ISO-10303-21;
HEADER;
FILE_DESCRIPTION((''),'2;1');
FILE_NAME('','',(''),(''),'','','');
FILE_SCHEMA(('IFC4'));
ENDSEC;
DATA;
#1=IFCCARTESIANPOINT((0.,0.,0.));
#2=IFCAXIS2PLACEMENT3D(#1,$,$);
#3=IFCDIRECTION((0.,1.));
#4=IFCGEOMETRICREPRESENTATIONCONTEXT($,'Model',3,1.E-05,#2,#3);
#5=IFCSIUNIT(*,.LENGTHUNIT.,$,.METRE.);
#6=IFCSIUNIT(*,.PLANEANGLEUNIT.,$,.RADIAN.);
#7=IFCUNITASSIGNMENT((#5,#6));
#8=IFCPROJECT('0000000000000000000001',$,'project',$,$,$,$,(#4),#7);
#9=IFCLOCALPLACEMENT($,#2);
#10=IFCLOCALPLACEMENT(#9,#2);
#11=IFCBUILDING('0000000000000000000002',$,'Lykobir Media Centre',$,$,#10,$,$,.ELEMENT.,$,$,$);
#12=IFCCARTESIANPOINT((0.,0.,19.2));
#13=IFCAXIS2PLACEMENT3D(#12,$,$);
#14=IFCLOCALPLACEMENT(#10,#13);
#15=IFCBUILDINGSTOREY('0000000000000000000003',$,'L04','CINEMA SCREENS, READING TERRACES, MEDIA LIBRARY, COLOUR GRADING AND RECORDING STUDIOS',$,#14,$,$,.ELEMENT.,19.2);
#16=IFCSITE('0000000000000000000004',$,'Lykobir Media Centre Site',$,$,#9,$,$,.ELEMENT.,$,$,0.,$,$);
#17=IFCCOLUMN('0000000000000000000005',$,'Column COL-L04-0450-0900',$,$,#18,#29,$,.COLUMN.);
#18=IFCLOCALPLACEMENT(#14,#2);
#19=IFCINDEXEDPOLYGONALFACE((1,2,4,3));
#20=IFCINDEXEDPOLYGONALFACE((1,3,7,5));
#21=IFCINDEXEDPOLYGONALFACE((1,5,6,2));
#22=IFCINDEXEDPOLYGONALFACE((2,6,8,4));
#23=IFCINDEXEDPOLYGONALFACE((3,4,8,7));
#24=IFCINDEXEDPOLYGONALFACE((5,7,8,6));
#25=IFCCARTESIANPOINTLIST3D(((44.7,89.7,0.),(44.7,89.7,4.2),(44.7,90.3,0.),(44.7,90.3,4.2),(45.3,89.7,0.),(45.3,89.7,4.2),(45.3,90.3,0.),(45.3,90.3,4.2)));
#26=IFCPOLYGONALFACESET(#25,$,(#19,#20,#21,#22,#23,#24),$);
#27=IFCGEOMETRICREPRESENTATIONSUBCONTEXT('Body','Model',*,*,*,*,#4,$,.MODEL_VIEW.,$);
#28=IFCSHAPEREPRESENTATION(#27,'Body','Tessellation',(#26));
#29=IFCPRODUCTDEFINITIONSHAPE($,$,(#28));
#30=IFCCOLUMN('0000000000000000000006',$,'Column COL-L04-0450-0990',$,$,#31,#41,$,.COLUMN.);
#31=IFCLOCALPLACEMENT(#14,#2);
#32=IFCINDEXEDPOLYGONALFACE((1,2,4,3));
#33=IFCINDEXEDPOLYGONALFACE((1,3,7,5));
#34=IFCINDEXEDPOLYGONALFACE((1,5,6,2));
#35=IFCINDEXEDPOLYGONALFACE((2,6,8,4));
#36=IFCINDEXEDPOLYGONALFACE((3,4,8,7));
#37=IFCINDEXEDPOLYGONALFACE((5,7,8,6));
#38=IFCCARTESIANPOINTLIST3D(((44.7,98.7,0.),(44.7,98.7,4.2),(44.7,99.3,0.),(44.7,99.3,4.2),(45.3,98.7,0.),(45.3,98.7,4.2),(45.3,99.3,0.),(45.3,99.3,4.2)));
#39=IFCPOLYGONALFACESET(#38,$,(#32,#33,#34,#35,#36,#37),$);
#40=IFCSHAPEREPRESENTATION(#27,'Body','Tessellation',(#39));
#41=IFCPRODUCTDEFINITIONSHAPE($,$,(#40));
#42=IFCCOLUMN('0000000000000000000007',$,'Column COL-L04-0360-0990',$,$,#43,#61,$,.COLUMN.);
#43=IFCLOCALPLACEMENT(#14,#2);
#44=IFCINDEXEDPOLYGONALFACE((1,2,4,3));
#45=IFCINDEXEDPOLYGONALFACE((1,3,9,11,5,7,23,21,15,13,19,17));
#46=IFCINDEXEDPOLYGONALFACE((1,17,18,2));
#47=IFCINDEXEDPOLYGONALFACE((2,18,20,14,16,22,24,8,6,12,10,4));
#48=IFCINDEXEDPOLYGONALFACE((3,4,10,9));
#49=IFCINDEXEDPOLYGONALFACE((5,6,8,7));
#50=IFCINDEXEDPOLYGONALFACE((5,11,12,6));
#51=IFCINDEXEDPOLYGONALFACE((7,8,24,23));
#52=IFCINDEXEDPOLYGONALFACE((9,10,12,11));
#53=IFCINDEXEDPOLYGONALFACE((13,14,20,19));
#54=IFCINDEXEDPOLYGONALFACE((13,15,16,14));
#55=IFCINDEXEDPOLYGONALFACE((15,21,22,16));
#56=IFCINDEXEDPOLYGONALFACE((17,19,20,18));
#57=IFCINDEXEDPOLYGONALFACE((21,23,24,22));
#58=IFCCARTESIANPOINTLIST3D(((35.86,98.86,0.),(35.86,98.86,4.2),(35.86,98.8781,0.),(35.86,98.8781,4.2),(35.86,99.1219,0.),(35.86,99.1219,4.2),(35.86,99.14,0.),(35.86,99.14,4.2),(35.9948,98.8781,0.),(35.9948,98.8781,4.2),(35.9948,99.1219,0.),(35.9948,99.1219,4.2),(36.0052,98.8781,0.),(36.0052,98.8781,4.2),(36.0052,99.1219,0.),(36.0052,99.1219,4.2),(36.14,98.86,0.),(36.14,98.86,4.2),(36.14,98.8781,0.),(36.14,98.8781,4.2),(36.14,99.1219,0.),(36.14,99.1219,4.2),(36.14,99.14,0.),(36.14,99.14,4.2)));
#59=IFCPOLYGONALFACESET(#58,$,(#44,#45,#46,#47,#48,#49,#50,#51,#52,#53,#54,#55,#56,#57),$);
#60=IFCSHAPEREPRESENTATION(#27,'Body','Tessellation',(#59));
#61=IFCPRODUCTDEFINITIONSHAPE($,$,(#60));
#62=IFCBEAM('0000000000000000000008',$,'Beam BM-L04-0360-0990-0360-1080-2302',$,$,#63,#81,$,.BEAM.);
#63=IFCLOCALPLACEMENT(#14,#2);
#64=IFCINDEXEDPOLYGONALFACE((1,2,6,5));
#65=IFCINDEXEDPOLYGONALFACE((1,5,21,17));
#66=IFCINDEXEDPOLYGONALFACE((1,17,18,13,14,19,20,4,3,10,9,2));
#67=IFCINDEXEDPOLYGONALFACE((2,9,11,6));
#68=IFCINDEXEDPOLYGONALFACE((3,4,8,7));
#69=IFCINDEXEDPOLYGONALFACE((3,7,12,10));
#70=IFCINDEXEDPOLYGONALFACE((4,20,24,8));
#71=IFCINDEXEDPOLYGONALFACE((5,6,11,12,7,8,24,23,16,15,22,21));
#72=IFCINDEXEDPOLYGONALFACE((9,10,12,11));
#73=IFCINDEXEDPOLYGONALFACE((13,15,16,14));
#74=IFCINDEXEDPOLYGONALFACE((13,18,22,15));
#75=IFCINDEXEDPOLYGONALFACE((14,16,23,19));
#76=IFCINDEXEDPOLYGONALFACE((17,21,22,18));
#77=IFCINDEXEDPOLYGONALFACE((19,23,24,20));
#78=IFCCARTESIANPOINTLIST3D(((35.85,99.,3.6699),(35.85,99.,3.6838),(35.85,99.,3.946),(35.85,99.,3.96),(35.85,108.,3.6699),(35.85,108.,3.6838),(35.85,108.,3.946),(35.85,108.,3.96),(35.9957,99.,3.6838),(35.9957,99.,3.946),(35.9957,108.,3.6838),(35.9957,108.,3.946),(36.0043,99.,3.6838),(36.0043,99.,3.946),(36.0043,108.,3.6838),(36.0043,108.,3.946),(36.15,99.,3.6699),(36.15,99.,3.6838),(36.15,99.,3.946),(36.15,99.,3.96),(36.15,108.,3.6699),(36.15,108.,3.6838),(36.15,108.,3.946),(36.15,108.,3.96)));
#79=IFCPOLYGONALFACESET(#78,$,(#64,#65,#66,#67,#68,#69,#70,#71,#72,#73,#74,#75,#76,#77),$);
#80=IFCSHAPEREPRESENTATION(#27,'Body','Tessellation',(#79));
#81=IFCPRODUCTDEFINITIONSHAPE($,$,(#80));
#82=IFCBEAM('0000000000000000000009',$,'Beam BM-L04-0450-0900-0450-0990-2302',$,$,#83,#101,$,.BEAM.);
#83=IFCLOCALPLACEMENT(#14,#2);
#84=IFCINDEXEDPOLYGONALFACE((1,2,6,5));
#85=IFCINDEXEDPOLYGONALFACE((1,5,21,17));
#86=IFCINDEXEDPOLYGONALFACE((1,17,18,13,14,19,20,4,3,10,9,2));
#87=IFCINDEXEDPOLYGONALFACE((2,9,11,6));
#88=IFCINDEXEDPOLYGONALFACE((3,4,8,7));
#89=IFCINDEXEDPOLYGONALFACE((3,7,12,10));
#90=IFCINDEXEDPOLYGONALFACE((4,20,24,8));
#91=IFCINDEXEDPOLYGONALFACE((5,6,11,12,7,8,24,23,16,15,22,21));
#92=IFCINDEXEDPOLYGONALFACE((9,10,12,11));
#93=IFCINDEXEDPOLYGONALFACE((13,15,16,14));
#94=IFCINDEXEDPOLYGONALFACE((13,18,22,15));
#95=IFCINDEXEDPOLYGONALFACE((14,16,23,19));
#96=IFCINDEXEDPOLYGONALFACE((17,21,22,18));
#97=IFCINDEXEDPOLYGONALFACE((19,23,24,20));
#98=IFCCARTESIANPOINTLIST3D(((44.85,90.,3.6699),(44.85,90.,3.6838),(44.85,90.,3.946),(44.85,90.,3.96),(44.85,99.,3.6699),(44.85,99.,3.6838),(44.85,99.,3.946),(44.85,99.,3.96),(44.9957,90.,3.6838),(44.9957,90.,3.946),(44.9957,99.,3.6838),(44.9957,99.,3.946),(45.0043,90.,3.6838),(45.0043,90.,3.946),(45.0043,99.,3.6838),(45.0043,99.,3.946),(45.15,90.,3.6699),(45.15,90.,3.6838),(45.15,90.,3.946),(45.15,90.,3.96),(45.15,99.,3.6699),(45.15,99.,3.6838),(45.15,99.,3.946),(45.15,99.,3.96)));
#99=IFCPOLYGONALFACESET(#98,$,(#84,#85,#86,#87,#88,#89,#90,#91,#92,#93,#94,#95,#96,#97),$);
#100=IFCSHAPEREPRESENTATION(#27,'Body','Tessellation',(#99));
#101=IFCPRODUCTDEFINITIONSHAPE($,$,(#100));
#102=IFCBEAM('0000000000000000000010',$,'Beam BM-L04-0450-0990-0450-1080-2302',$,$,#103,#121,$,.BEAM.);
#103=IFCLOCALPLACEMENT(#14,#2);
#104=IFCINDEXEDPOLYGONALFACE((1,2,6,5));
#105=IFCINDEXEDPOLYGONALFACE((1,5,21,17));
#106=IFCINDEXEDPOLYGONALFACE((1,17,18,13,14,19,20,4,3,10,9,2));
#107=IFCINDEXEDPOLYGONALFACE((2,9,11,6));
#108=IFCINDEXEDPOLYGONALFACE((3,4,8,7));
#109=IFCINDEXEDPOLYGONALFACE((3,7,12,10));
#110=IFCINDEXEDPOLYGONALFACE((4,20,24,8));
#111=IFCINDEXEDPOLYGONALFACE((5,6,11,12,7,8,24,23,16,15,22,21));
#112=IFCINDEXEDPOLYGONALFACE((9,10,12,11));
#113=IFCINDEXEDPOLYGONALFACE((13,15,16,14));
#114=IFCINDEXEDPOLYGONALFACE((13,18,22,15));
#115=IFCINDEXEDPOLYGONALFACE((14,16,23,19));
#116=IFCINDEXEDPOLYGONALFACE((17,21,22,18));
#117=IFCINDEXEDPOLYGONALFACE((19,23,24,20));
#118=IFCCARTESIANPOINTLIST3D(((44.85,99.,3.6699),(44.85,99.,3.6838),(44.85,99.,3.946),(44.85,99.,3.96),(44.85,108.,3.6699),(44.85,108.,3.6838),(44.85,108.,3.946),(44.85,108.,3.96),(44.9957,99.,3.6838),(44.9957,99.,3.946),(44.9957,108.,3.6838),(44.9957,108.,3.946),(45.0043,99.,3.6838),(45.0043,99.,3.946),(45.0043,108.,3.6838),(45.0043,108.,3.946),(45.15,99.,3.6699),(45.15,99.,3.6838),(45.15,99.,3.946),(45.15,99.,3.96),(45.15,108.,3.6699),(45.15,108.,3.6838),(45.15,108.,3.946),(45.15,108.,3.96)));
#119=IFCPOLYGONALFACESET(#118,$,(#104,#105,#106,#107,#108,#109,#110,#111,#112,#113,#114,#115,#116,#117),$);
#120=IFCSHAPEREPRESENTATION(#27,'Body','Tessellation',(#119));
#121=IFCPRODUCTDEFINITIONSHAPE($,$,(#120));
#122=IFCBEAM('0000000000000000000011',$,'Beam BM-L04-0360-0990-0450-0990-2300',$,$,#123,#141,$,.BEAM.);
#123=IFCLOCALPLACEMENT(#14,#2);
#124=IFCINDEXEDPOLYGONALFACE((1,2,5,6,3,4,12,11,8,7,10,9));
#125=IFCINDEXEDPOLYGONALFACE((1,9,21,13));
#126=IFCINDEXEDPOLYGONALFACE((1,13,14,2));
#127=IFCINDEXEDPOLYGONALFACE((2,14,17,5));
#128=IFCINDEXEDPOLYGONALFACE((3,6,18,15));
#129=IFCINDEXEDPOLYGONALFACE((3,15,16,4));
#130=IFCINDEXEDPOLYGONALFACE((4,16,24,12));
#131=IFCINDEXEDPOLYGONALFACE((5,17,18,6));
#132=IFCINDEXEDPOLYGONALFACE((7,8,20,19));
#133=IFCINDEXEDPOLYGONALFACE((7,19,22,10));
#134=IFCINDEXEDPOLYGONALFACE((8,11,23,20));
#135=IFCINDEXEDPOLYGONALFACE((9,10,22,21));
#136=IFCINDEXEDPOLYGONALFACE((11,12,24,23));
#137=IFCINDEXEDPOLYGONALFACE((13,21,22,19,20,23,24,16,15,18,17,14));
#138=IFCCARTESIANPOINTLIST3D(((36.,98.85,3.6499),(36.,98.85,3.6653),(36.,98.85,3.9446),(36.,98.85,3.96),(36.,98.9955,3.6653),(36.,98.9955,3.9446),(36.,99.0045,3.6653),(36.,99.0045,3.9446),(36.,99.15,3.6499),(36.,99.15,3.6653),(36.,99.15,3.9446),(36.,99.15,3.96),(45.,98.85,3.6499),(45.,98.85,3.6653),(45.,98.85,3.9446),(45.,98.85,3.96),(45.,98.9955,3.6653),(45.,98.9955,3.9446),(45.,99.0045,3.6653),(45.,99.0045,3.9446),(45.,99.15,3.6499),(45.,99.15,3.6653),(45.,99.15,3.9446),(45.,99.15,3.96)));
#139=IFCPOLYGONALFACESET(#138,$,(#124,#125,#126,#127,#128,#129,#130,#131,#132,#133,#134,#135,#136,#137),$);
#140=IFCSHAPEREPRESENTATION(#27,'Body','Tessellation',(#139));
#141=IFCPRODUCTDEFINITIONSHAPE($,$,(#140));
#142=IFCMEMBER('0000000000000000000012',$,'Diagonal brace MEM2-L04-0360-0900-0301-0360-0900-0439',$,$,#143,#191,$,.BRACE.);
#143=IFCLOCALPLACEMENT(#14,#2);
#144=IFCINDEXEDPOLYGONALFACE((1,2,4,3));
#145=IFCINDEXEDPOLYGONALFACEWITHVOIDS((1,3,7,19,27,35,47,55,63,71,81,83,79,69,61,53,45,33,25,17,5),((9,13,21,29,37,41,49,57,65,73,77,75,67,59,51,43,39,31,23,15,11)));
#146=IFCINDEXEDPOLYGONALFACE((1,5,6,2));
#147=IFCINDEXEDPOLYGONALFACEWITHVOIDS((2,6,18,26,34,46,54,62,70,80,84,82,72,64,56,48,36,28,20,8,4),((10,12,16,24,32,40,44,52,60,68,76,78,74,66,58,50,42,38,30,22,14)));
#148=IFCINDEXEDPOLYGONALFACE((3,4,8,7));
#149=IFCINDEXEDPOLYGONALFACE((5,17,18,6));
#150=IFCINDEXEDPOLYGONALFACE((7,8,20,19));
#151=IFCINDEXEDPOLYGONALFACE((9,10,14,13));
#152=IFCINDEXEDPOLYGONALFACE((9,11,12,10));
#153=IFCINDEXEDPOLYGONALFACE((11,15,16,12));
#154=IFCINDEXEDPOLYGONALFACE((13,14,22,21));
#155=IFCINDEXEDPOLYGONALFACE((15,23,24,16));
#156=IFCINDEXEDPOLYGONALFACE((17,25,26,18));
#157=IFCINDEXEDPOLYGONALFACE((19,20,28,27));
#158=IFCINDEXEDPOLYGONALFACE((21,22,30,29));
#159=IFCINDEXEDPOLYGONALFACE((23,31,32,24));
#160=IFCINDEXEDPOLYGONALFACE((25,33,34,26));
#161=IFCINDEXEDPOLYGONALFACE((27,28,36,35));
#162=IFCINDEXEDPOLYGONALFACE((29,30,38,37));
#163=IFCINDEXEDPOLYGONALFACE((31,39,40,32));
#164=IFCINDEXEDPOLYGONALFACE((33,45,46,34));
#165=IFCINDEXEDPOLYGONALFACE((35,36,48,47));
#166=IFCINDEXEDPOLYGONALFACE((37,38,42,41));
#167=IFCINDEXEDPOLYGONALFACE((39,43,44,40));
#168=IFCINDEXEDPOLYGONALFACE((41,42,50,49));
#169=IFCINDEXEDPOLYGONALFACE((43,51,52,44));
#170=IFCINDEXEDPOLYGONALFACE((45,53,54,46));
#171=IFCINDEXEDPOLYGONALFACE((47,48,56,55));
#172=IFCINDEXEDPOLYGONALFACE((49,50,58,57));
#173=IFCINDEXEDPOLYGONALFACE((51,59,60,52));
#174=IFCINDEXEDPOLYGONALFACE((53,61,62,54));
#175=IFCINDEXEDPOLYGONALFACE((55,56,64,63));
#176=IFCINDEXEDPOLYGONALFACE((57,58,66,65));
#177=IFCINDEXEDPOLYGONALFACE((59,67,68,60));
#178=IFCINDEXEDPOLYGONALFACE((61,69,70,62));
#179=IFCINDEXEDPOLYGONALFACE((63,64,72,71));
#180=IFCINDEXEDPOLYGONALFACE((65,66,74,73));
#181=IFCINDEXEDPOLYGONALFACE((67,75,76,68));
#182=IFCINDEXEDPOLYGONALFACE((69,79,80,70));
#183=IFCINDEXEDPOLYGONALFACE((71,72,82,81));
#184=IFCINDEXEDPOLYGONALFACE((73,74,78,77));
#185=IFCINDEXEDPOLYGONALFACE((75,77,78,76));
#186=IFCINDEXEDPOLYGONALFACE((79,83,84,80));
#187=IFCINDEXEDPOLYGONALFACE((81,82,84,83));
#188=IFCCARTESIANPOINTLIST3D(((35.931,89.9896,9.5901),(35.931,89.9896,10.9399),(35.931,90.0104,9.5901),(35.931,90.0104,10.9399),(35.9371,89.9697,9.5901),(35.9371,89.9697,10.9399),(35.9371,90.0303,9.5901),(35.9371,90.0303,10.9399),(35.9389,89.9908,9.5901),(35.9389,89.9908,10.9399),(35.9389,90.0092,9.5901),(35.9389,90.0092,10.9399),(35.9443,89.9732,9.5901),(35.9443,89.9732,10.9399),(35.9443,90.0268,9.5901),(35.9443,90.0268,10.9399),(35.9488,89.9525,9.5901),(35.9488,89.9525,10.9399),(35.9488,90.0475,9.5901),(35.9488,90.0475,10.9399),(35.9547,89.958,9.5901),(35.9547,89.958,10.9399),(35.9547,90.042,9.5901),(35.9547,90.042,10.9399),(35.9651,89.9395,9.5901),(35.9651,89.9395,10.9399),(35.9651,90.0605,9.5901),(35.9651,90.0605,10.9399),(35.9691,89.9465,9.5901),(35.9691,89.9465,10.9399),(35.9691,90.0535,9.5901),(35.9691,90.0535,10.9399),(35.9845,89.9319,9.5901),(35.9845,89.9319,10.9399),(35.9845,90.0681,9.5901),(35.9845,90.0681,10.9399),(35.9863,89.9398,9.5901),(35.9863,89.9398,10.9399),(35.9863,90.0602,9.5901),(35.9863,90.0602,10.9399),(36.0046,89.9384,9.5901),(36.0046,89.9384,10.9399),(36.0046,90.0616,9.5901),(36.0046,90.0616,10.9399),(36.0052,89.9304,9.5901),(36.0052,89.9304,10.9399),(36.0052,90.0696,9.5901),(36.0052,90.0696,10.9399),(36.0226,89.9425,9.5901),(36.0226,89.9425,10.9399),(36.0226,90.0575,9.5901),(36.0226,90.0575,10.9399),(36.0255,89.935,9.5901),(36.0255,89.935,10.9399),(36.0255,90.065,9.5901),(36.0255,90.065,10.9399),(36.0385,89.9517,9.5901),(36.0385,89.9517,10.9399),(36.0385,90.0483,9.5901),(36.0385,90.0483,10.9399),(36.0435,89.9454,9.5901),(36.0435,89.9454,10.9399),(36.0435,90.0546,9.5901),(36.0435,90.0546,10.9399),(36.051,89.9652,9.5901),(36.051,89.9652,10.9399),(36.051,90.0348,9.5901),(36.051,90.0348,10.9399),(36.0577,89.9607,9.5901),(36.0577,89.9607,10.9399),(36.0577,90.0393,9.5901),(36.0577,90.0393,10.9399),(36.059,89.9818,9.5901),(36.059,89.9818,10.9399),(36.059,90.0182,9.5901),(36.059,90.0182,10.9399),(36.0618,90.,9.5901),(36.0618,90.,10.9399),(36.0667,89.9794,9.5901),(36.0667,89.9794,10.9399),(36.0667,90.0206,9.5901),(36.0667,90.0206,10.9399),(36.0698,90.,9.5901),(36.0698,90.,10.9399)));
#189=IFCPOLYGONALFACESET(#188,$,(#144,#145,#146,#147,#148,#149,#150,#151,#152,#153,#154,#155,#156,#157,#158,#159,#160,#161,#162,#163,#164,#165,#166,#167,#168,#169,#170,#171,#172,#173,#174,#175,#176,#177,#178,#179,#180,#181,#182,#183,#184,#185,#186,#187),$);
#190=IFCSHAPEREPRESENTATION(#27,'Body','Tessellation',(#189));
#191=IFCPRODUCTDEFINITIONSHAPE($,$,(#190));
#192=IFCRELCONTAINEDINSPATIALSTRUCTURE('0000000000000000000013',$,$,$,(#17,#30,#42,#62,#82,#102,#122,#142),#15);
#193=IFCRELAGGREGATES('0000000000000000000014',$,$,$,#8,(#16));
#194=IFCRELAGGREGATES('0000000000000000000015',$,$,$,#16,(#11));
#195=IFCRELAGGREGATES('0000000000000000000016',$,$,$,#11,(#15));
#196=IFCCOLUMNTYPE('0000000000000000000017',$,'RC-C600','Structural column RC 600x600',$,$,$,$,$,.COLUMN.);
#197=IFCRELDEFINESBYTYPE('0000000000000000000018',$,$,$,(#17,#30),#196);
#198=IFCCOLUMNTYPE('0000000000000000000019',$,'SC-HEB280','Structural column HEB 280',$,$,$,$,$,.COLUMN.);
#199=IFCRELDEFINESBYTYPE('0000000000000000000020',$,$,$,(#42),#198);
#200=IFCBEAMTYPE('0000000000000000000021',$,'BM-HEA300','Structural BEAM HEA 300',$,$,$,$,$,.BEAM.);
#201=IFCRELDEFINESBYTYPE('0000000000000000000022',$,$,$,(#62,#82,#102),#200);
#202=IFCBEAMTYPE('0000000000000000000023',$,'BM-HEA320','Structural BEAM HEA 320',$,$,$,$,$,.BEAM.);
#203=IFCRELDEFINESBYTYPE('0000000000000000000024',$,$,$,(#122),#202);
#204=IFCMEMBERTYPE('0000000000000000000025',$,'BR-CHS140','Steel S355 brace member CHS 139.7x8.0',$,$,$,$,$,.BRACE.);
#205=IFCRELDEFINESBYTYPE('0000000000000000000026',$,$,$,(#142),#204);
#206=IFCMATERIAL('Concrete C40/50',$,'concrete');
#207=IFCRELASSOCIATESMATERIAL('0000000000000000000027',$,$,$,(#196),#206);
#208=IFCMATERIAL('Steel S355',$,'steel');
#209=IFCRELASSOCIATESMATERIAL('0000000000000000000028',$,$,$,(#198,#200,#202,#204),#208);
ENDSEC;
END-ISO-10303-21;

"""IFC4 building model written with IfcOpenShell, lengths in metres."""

from ifc_helpers import new_model, si_unit, direction, frame, origin, origin_2d, place, context, subcontext, project, spatial, rectangle, hollow_circle, i_section, extrude, material, material_profile, profile_set, type_object, element, save


model = new_model("IFC4")

# Units and contexts
model_context = context("Model", 3, precision=1e-05, world=origin(), true_north=direction((0.0, 1.0)))
body_context = subcontext(model_context, "Body", "Model", "MODEL_VIEW")
ifc_project = project(units=[si_unit("LENGTHUNIT", "METRE"), si_unit("PLANEANGLEUNIT", "RADIAN")], contexts=[model_context])

# Site, building, storey
site_placement = place(None, origin())
site = spatial("IfcSite", under=ifc_project, at=site_placement, Name="Lykobir Media Centre Site", CompositionType="ELEMENT", RefElevation=0.0)
building_placement = place(site_placement, origin())
building = spatial("IfcBuilding", under=site, at=building_placement, Name="Lykobir Media Centre", CompositionType="ELEMENT")
storey_placement = place(building_placement, frame((0.0, 0.0, 19.2)))
storey = spatial("IfcBuildingStorey", under=building, at=storey_placement, Name="L04", Description="CINEMA SCREENS, READING TERRACES, MEDIA LIBRARY, COLOUR GRADING AND RECORDING STUDIOS", CompositionType="ELEMENT", Elevation=19.2)

# Columns
ifc_material_1 = material(Name="Concrete C40/50", Category="concrete")
ifc_material_profile_1 = material_profile(ifc_material_1, rectangle(XDim=0.6001, YDim=0.6001, at=origin_2d()), Name="RC 600x600")
ifc_profile_set_1 = profile_set([ifc_material_profile_1], Name="Concrete C40/50")
column_type_1 = type_object("IfcColumnType", Name="RC-C600", Description="Structural column RC 600x600", PredefinedType="COLUMN", material=ifc_profile_set_1)
for number, where, z_axis, x_axis, name in (
    (1, (45.0, 90.0, 0.0), (0.0, 0.0, 1.0), (1.0, 0.0, 0.0), "Column COL-L04-0450-0900"),
    (2, (45.0, 99.0, 0.0), (0.0, 0.0, 1.0), (1.0, 0.0, 0.0), "Column COL-L04-0450-0990"),
):
    element("IfcColumn", number, at=place(storey_placement, frame(where, z_axis=z_axis, x_axis=x_axis)), inside=storey, type_object=column_type_1, Name=name, PredefinedType="COLUMN", context=body_context, shape_type="SweptSolid", body=[
        extrude(rectangle(XDim=0.6001, YDim=0.6001, at=origin_2d()), origin(), (0.0, 0.0, 1.0), 4.2),
    ])
ifc_material_2 = material(Name="Steel S355", Category="steel")
ifc_material_profile_2 = material_profile(ifc_material_2, i_section(OverallWidth=0.28, OverallDepth=0.28, WebThickness=0.0105, FlangeThickness=0.0181, at=origin_2d()), Name="HEB 280")
ifc_profile_set_2 = profile_set([ifc_material_profile_2], Name="Steel S355")
column_type_2 = type_object("IfcColumnType", Name="SC-HEB280", Description="Structural column HEB 280", PredefinedType="COLUMN", material=ifc_profile_set_2)
column_placement = place(storey_placement, frame((36.0, 99.0, 0.0), z_axis=(0.0, 0.0, 1.0), x_axis=(1.0, 0.0, 0.0)))
element("IfcColumn", 3, at=column_placement, inside=storey, type_object=column_type_2, Name="Column COL-L04-0360-0990", PredefinedType="COLUMN", context=body_context, shape_type="SweptSolid", body=[
    extrude(i_section(OverallWidth=0.28, OverallDepth=0.28, WebThickness=0.0105, FlangeThickness=0.0181, at=origin_2d()), origin(), (0.0, 0.0, 1.0), 4.2),
])

# Beams
ifc_material_profile_3 = material_profile(ifc_material_2, i_section(OverallWidth=0.3, OverallDepth=0.29, WebThickness=0.0085, FlangeThickness=0.0139, at=origin_2d()), Name="HEA 300")
ifc_profile_set_3 = profile_set([ifc_material_profile_3], Name="Steel S355")
beam_type_1 = type_object("IfcBeamType", Name="BM-HEA300", Description="Structural BEAM HEA 300", PredefinedType="BEAM", material=ifc_profile_set_3)
for number, where, z_axis, x_axis, name in (
    (4, (36.0, 99.0, 3.8149), (0.0, 1.0, 0.0), (-1.0, 0.0, 0.0), "Beam BM-L04-0360-0990-0360-1080-2302"),
    (5, (45.0, 90.0, 3.8149), (0.0, 1.0, 0.0), (-1.0, 0.0, 0.0), "Beam BM-L04-0450-0900-0450-0990-2302"),
    (6, (45.0, 99.0, 3.8149), (0.0, 1.0, 0.0), (-1.0, 0.0, 0.0), "Beam BM-L04-0450-0990-0450-1080-2302"),
):
    element("IfcBeam", number, at=place(storey_placement, frame(where, z_axis=z_axis, x_axis=x_axis)), inside=storey, type_object=beam_type_1, Name=name, PredefinedType="BEAM", context=body_context, shape_type="SweptSolid", body=[
        extrude(i_section(OverallWidth=0.3, OverallDepth=0.29, WebThickness=0.0085, FlangeThickness=0.0139, at=origin_2d()), origin(), (0.0, 0.0, 1.0), 9.0),
    ])
ifc_material_profile_4 = material_profile(ifc_material_2, i_section(OverallWidth=0.3, OverallDepth=0.3101, WebThickness=0.009, FlangeThickness=0.0154, at=origin_2d()), Name="HEA 320")
ifc_profile_set_4 = profile_set([ifc_material_profile_4], Name="Steel S355")
beam_type_2 = type_object("IfcBeamType", Name="BM-HEA320", Description="Structural BEAM HEA 320", PredefinedType="BEAM", material=ifc_profile_set_4)
beam_placement = place(storey_placement, frame((36.0, 99.0, 3.8049), z_axis=(1.0, 0.0, 0.0), x_axis=(0.0, 1.0, 0.0)))
element("IfcBeam", 7, at=beam_placement, inside=storey, type_object=beam_type_2, Name="Beam BM-L04-0360-0990-0450-0990-2300", PredefinedType="BEAM", context=body_context, shape_type="SweptSolid", body=[
    extrude(i_section(OverallWidth=0.3, OverallDepth=0.3101, WebThickness=0.009, FlangeThickness=0.0154, at=origin_2d()), origin(), (0.0, 0.0, 1.0), 9.0),
])

# Member
ifc_material_profile_5 = material_profile(ifc_material_2, hollow_circle(Radius=0.0698, WallThickness=0.0081, at=origin_2d()), Name="CHS 139.7x8.0")
ifc_profile_set_5 = profile_set([ifc_material_profile_5], Name="Steel S355")
member_type_1 = type_object("IfcMemberType", Name="BR-CHS140", Description="Steel S355 brace member CHS 139.7x8.0", PredefinedType="BRACE", material=ifc_profile_set_5)
for number, where, z_axis, x_axis, name in (
    (8, (36.0, 90.0, 10.9399), (0.0, 0.0, -1.0), (1.0, 0.0, 0.0), "Diagonal brace MEM2-L04-0360-0900-0301-0360-0900-0439"),
):
    element("IfcMember", number, at=place(storey_placement, frame(where, z_axis=z_axis, x_axis=x_axis)), inside=storey, type_object=member_type_1, Name=name, PredefinedType="BRACE", context=body_context, shape_type="SweptSolid", body=[
        extrude(hollow_circle(Radius=0.0698, WallThickness=0.0081, at=origin_2d()), origin(), (0.0, 0.0, 1.0), 1.3499),
    ])

save(model, "model.ifc")
